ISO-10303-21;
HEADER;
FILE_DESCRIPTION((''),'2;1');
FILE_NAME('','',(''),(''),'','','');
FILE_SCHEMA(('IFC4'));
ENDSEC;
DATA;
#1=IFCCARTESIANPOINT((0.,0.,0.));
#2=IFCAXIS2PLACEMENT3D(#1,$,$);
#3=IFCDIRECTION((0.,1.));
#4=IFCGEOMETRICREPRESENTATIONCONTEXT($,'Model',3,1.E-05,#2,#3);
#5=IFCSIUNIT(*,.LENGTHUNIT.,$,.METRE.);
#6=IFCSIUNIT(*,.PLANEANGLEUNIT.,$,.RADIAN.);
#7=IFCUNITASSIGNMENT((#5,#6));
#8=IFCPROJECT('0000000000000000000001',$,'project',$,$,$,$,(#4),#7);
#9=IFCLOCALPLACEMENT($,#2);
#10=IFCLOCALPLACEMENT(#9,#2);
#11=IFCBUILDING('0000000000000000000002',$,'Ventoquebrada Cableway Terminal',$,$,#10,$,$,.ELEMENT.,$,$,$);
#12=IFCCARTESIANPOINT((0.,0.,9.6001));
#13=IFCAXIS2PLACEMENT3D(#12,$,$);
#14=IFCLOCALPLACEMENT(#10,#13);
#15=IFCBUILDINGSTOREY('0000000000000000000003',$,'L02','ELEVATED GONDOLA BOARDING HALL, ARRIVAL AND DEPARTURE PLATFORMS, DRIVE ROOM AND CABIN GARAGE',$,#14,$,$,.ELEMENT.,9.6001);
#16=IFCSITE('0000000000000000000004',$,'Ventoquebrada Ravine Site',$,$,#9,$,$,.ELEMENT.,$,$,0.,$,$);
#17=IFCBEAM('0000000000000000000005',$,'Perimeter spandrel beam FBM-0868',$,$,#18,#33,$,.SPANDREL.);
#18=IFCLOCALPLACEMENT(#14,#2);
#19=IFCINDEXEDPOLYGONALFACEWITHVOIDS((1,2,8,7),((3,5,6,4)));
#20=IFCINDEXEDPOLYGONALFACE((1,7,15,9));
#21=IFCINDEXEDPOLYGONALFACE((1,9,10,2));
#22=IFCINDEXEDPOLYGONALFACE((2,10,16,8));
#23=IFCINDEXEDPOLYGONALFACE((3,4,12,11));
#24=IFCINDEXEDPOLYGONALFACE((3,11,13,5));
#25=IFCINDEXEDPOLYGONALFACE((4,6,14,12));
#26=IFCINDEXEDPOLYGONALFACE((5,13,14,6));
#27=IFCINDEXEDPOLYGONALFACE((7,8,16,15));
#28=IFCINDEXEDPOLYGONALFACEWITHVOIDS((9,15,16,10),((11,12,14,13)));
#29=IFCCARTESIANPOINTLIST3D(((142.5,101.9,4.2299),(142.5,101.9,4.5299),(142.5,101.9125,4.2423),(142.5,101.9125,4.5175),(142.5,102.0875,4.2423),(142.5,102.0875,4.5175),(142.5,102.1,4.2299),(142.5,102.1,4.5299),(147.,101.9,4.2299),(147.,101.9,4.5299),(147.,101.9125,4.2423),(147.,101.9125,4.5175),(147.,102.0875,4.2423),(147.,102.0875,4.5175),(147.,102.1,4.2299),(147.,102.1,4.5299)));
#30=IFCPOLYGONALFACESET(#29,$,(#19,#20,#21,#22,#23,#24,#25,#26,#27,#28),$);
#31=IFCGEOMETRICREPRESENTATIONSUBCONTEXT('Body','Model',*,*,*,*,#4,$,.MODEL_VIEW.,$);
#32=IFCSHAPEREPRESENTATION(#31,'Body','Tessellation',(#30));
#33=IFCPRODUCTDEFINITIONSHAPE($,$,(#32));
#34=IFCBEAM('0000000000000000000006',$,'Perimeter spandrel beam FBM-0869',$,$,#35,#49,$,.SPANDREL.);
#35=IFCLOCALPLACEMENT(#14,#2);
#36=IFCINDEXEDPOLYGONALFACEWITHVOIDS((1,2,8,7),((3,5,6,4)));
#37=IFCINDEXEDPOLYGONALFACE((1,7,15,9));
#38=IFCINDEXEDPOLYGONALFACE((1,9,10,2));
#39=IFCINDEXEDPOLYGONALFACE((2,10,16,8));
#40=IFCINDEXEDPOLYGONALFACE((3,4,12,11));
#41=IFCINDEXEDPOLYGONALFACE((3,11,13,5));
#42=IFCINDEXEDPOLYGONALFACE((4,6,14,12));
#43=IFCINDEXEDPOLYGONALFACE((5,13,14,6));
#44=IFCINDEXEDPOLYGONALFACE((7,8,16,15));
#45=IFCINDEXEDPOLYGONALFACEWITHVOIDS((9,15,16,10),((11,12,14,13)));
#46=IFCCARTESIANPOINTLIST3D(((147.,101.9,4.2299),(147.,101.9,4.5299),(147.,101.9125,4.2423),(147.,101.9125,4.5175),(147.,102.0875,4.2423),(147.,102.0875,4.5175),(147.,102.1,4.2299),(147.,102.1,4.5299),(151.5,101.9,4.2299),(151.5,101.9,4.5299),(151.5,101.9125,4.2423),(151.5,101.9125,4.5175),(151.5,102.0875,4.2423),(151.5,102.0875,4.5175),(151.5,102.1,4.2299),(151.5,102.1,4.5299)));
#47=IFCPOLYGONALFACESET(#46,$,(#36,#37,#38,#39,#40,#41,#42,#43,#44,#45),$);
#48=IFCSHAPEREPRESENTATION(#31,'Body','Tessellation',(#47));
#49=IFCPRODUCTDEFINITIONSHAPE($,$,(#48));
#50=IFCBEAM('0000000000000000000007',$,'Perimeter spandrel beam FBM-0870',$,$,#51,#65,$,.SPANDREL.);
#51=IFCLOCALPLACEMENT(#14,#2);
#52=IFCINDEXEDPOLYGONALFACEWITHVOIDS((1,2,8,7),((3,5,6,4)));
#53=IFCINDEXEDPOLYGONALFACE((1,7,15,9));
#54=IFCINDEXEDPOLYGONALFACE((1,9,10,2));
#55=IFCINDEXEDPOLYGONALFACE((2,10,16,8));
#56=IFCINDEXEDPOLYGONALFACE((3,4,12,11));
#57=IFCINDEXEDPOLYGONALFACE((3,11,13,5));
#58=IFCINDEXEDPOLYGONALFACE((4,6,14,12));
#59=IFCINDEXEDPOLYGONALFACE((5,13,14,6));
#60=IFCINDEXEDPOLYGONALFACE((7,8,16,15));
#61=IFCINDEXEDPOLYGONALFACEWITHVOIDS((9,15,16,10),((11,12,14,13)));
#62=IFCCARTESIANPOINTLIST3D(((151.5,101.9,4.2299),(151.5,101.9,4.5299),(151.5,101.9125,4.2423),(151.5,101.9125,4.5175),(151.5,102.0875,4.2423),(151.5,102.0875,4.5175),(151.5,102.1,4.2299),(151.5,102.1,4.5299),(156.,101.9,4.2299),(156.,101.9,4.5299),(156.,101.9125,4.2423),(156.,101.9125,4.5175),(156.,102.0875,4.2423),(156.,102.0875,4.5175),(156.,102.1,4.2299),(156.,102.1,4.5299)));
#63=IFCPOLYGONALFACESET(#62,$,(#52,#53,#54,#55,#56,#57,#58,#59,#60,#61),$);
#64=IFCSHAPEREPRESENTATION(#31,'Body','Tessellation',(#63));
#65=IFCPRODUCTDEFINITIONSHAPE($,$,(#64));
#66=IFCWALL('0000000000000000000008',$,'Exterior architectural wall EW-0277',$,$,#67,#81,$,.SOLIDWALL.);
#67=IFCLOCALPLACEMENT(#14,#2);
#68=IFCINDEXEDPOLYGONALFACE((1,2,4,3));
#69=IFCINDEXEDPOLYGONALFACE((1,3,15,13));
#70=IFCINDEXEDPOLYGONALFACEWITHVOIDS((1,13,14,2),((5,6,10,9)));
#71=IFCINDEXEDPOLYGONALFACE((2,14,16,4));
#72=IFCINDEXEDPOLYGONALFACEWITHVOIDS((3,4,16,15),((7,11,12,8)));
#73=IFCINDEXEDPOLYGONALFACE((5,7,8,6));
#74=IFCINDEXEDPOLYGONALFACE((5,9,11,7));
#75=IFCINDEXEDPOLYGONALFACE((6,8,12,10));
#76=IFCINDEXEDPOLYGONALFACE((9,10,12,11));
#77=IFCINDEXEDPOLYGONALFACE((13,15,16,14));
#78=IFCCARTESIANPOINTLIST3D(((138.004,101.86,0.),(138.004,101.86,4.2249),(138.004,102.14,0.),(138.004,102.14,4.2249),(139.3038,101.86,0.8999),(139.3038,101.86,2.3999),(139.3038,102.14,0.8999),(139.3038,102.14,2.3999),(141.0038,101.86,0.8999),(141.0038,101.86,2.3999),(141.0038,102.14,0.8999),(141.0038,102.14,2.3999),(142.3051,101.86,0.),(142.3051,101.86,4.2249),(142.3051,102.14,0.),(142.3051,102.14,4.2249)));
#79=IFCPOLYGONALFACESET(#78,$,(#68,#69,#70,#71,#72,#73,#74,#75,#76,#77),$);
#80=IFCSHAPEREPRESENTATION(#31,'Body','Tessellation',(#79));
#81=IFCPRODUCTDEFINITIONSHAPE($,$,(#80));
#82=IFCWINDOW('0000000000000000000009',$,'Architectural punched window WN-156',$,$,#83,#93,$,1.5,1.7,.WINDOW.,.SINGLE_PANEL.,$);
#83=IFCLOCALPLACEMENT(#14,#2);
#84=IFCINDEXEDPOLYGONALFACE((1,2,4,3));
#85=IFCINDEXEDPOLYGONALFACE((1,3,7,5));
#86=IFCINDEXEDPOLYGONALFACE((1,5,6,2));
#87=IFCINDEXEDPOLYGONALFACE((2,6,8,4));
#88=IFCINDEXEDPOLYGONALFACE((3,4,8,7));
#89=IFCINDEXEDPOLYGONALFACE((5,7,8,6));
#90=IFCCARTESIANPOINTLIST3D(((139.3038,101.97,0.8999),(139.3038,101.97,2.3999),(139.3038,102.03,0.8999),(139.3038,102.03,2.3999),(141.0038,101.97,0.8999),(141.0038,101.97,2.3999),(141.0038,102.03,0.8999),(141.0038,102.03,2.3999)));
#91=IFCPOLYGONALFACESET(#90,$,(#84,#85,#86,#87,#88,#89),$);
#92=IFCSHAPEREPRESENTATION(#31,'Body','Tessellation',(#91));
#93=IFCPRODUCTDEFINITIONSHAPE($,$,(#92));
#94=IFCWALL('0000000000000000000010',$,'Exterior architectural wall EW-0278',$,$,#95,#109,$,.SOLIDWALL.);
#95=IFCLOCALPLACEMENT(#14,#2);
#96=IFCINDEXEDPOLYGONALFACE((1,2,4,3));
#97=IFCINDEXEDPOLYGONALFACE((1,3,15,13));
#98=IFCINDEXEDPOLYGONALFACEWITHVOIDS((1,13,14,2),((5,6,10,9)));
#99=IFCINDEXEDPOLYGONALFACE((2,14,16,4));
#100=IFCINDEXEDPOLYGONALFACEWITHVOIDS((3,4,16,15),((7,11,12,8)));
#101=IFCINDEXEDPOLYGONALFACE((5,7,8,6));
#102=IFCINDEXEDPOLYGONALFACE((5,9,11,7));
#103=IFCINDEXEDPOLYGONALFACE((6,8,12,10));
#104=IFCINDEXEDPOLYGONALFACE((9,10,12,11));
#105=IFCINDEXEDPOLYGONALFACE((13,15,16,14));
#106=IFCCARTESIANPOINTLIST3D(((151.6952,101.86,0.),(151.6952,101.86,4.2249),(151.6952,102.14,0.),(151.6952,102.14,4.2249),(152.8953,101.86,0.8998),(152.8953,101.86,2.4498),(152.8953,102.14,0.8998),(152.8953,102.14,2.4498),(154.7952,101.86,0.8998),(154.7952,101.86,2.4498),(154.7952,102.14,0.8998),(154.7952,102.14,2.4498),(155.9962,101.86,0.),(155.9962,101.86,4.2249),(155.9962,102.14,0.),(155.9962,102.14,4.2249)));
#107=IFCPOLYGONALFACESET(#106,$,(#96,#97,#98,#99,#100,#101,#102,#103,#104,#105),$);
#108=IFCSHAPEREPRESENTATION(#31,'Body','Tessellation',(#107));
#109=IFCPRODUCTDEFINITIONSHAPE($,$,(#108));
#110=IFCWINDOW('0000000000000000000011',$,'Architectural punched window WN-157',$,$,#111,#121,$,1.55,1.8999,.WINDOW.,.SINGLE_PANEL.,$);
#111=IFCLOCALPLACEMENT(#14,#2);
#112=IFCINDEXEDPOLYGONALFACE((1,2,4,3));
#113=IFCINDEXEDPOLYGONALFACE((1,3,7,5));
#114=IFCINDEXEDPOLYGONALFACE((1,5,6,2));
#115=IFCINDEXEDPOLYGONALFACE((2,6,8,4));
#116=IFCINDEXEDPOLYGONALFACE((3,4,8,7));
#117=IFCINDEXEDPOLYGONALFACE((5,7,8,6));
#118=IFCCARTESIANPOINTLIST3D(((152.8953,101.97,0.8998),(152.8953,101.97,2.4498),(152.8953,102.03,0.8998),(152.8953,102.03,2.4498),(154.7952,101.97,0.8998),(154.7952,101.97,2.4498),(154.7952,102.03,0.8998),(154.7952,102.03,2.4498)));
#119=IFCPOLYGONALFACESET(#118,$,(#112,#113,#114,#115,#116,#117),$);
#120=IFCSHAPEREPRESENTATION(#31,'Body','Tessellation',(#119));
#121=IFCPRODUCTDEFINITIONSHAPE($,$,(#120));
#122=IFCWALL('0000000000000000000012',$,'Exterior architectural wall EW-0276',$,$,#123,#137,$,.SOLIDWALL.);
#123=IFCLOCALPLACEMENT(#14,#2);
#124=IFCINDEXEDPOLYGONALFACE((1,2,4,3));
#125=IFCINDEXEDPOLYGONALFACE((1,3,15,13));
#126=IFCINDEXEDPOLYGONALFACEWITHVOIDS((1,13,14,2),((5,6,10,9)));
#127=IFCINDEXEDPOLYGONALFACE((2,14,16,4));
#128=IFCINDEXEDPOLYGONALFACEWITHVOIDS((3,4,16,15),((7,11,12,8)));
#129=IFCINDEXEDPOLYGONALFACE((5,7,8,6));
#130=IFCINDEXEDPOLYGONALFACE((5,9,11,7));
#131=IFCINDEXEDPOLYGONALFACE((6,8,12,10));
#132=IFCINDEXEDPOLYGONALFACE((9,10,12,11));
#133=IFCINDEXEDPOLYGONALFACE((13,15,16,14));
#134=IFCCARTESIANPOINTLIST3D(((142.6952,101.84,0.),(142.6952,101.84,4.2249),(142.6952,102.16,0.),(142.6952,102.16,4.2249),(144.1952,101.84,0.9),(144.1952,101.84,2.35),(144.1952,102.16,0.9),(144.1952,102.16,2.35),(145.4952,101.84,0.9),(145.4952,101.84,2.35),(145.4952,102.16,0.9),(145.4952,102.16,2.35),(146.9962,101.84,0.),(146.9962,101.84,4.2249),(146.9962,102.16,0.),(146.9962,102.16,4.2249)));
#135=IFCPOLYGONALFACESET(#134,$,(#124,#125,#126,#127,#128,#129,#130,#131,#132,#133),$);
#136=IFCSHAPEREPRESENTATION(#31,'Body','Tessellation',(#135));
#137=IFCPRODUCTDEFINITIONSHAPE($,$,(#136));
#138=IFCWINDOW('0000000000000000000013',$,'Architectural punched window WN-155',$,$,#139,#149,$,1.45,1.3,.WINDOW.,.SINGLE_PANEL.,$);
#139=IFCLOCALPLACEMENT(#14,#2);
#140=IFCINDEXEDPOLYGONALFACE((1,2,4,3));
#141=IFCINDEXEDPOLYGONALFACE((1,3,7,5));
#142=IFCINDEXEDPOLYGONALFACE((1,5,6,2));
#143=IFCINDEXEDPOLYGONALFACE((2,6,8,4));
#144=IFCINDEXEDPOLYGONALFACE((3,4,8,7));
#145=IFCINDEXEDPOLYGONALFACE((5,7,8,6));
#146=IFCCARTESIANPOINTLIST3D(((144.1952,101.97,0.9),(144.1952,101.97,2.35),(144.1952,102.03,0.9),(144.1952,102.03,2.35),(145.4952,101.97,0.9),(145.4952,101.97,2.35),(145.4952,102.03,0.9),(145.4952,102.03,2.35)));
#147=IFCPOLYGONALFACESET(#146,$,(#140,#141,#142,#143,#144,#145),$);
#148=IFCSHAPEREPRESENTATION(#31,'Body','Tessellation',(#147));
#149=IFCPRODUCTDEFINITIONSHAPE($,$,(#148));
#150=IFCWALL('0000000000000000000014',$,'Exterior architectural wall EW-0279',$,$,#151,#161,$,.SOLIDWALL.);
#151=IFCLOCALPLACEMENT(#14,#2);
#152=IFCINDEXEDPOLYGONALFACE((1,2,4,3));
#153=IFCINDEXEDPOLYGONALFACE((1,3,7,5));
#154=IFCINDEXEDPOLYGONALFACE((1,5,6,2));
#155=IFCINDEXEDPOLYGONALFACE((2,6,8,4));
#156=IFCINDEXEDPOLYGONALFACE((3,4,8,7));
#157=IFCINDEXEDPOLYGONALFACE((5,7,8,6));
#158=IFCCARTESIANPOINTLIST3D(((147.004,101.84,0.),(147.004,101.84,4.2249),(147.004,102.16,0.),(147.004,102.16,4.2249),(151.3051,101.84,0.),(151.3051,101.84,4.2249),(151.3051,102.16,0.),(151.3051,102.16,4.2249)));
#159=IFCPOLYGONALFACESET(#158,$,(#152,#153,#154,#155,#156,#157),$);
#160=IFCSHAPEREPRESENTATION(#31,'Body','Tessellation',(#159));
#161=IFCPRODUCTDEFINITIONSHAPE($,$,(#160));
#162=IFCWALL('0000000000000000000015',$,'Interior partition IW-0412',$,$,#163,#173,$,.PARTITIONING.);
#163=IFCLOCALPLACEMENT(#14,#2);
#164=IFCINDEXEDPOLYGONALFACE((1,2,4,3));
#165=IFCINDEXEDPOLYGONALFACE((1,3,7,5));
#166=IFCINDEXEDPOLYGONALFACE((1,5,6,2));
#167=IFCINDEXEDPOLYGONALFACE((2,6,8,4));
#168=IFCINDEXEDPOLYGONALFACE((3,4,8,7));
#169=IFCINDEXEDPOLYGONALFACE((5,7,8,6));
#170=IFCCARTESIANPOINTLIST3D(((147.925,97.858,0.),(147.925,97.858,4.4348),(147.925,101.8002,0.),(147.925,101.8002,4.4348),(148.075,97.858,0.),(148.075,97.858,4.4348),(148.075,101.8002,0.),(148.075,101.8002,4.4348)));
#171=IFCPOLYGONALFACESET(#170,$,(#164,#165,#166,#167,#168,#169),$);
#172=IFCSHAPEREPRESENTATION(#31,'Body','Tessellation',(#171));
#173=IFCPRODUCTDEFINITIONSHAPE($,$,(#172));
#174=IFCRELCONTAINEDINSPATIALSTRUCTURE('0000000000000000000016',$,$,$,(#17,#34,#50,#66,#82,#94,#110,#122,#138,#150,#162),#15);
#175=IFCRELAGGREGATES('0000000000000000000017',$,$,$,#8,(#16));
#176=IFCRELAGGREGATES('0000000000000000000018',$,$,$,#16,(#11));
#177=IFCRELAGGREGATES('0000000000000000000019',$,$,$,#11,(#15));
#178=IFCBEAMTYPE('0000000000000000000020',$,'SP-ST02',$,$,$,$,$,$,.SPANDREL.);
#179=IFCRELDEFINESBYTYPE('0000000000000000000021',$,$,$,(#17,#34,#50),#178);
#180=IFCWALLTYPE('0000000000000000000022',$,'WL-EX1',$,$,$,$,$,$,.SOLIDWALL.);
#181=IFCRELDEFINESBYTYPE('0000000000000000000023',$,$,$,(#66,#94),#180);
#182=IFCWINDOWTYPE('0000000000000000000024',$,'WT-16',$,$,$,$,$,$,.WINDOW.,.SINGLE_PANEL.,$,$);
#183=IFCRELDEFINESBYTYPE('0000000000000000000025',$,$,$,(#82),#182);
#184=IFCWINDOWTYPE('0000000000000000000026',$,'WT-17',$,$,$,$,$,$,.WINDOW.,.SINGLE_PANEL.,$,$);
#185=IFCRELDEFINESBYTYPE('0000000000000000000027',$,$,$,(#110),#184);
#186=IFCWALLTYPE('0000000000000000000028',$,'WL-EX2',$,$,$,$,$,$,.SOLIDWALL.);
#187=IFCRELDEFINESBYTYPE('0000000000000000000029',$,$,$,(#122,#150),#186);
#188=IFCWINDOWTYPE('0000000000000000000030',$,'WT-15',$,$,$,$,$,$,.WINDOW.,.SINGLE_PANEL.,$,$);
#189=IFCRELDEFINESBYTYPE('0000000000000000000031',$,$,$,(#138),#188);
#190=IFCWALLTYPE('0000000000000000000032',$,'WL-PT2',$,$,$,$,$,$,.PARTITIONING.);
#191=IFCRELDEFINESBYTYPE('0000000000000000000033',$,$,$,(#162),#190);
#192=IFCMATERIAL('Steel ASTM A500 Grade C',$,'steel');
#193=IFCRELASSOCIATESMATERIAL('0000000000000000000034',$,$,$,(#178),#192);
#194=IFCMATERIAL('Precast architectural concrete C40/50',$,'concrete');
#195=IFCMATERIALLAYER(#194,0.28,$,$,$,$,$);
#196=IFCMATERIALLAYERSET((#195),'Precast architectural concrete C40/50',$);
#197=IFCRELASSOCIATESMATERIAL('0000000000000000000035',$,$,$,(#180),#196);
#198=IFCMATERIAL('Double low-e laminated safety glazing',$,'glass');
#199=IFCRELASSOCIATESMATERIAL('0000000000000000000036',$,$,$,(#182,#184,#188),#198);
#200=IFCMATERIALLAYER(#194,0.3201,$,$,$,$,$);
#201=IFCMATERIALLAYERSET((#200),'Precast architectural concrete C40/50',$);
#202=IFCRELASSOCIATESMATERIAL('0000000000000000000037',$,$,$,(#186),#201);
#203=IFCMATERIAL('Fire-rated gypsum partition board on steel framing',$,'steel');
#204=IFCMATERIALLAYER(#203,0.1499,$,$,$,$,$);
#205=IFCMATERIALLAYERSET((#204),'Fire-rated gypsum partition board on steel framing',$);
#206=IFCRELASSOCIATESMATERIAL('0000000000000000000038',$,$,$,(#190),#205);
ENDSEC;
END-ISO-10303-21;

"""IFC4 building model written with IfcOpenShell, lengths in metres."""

from ifc_helpers import new_model, si_unit, direction, frame, frame_2d, origin, origin_2d, place, context, subcontext, project, spatial, rectangle, hollow_rectangle, extrude, material, layer, layer_set, material_profile, profile_set, type_object, element, fill, save


model = new_model("IFC4")

# Units and contexts
model_context = context("Model", 3, precision=1e-05, world=origin(), true_north=direction((0.0, 1.0)))
body_context = subcontext(model_context, "Body", "Model", "MODEL_VIEW")
ifc_project = project(units=[si_unit("LENGTHUNIT", "METRE"), si_unit("PLANEANGLEUNIT", "RADIAN")], contexts=[model_context])

# Site, building, storey
site_placement = place(None, origin())
site = spatial("IfcSite", under=ifc_project, at=site_placement, Name="Ventoquebrada Ravine Site", CompositionType="ELEMENT", RefElevation=0.0)
building_placement = place(site_placement, origin())
building = spatial("IfcBuilding", under=site, at=building_placement, Name="Ventoquebrada Cableway Terminal", CompositionType="ELEMENT")
storey_placement = place(building_placement, frame((0.0, 0.0, 9.6001)))
storey = spatial("IfcBuildingStorey", under=building, at=storey_placement, Name="L02", Description="ELEVATED GONDOLA BOARDING HALL, ARRIVAL AND DEPARTURE PLATFORMS, DRIVE ROOM AND CABIN GARAGE", CompositionType="ELEMENT", Elevation=9.6001)

# Beams
ifc_material_1 = material(Name="Steel ASTM A500 Grade C", Category="steel")
ifc_material_profile_1 = material_profile(ifc_material_1, hollow_rectangle(XDim=0.2, YDim=0.3, WallThickness=0.0125, at=origin_2d()), Name="RHS300X200X12.5")
ifc_profile_set_1 = profile_set([ifc_material_profile_1], Name="Steel ASTM A500 Grade C")
beam_type_1 = type_object("IfcBeamType", Name="SP-ST02", PredefinedType="SPANDREL", material=ifc_profile_set_1)
for number, where, z_axis, x_axis, name in (
    (1, (142.5, 102.0, 4.3799), (1.0, 0.0, 0.0), (0.0, 1.0, 0.0), "Perimeter spandrel beam FBM-0868"),
    (2, (147.0, 102.0, 4.3799), (1.0, 0.0, 0.0), (0.0, 1.0, 0.0), "Perimeter spandrel beam FBM-0869"),
    (3, (151.5, 102.0, 4.3799), (1.0, 0.0, 0.0), (0.0, 1.0, 0.0), "Perimeter spandrel beam FBM-0870"),
):
    element("IfcBeam", number, at=place(storey_placement, frame(where, z_axis=z_axis, x_axis=x_axis)), inside=storey, type_object=beam_type_1, Name=name, PredefinedType="SPANDREL", context=body_context, shape_type="SweptSolid", body=[
        extrude(hollow_rectangle(XDim=0.2, YDim=0.3, WallThickness=0.0125, at=origin_2d()), origin(), (0.0, 0.0, 1.0), 4.5),
    ])

# Walls, openings, windows
ifc_material_2 = material(Name="Precast architectural concrete C40/50", Category="concrete")
ifc_layer_1 = layer(ifc_material_2, 0.28)
ifc_layer_set_1 = layer_set([ifc_layer_1], Name="Precast architectural concrete C40/50")
wall_type_1 = type_object("IfcWallType", Name="WL-EX1", PredefinedType="SOLIDWALL", material=ifc_layer_set_1)
wall_1_placement = place(storey_placement, frame((142.3049, 102.0, 0.0), z_axis=(0.0, 0.0, 1.0), x_axis=(-1.0, 0.0, 0.0)))
wall_1 = element("IfcWall", 4, at=wall_1_placement, inside=storey, type_object=wall_type_1, Name="Exterior architectural wall EW-0277", PredefinedType="SOLIDWALL", context=body_context, shape_type="SweptSolid", body=[
    extrude(rectangle(XDim=4.301, YDim=0.28, at=frame_2d((2.1504, 0.0))), origin(), (0.0, 0.0, 1.0), 4.2249),
])
opening_1_placement = place(wall_1_placement, frame((1.301, 0.0, 0.8999)))
opening_1 = element("IfcOpeningElement", 5, at=opening_1_placement, cuts=wall_1, PredefinedType="OPENING", context=body_context, shape_type="SweptSolid", body=[
    extrude(rectangle(XDim=1.7, YDim=1.5, at=frame_2d((0.8501, 0.75))), frame((0.0, 0.1499, 0.0), z_axis=(0.0, -1.0, 0.0), x_axis=(1.0, 0.0, 0.0)), (0.0, 0.0, 1.0), 0.3),
])
ifc_material_3 = material(Name="Double low-e laminated safety glazing", Category="glass")
window_type_1 = type_object("IfcWindowType", Name="WT-16", PartitioningType="SINGLE_PANEL", PredefinedType="WINDOW", material=ifc_material_3)
window_1_placement = place(opening_1_placement, origin())
window_1 = element("IfcWindow", 6, at=window_1_placement, inside=storey, type_object=window_type_1, Name="Architectural punched window WN-156", OverallHeight=1.5, OverallWidth=1.7, PartitioningType="SINGLE_PANEL", PredefinedType="WINDOW", context=body_context, shape_type="SweptSolid", body=[
    extrude(rectangle(XDim=1.7, YDim=1.5, at=frame_2d((0.8501, 0.75))), frame((0.0, 0.03, 0.0), z_axis=(0.0, -1.0, 0.0), x_axis=(1.0, 0.0, 0.0)), (0.0, 0.0, 1.0), 0.0601),
])
fill(opening_1, window_1)
wall_2_placement = place(storey_placement, frame((155.9961, 102.0, 0.0), z_axis=(0.0, 0.0, 1.0), x_axis=(-1.0, 0.0, 0.0)))
wall_2 = element("IfcWall", 7, at=wall_2_placement, inside=storey, type_object=wall_type_1, Name="Exterior architectural wall EW-0278", PredefinedType="SOLIDWALL", context=body_context, shape_type="SweptSolid", body=[
    extrude(rectangle(XDim=4.301, YDim=0.28, at=frame_2d((2.1504, 0.0))), origin(), (0.0, 0.0, 1.0), 4.2249),
])
opening_2_placement = place(wall_2_placement, frame((1.2009, 0.0, 0.8999)))
opening_2 = element("IfcOpeningElement", 8, at=opening_2_placement, cuts=wall_2, PredefinedType="OPENING", context=body_context, shape_type="SweptSolid", body=[
    extrude(rectangle(XDim=1.8999, YDim=1.55, at=frame_2d((0.95, 0.7749))), frame((0.0, 0.1499, 0.0), z_axis=(0.0, -1.0, 0.0), x_axis=(1.0, 0.0, 0.0)), (0.0, 0.0, 1.0), 0.3),
])
window_type_2 = type_object("IfcWindowType", Name="WT-17", PartitioningType="SINGLE_PANEL", PredefinedType="WINDOW", material=ifc_material_3)
window_2_placement = place(opening_2_placement, origin())
window_2 = element("IfcWindow", 9, at=window_2_placement, inside=storey, type_object=window_type_2, Name="Architectural punched window WN-157", OverallHeight=1.55, OverallWidth=1.8999, PartitioningType="SINGLE_PANEL", PredefinedType="WINDOW", context=body_context, shape_type="SweptSolid", body=[
    extrude(rectangle(XDim=1.8999, YDim=1.55, at=frame_2d((0.95, 0.7749))), frame((0.0, 0.03, 0.0), z_axis=(0.0, -1.0, 0.0), x_axis=(1.0, 0.0, 0.0)), (0.0, 0.0, 1.0), 0.0601),
])
fill(opening_2, window_2)
ifc_layer_2 = layer(ifc_material_2, 0.3201)
ifc_layer_set_2 = layer_set([ifc_layer_2], Name="Precast architectural concrete C40/50")
wall_type_2 = type_object("IfcWallType", Name="WL-EX2", PredefinedType="SOLIDWALL", material=ifc_layer_set_2)
wall_3_placement = place(storey_placement, frame((146.9961, 102.0, 0.0), z_axis=(0.0, 0.0, 1.0), x_axis=(-1.0, 0.0, 0.0)))
wall_3 = element("IfcWall", 10, at=wall_3_placement, inside=storey, type_object=wall_type_2, Name="Exterior architectural wall EW-0276", PredefinedType="SOLIDWALL", context=body_context, shape_type="SweptSolid", body=[
    extrude(rectangle(XDim=4.301, YDim=0.3201, at=frame_2d((2.1504, 0.0))), origin(), (0.0, 0.0, 1.0), 4.2249),
])
opening_3_placement = place(wall_3_placement, frame((1.501, 0.0, 0.8999)))
opening_3 = element("IfcOpeningElement", 11, at=opening_3_placement, cuts=wall_3, PredefinedType="OPENING", context=body_context, shape_type="SweptSolid", body=[
    extrude(rectangle(XDim=1.3, YDim=1.45, at=frame_2d((0.6499, 0.7251))), frame((0.0, 0.1699, 0.0), z_axis=(0.0, -1.0, 0.0), x_axis=(1.0, 0.0, 0.0)), (0.0, 0.0, 1.0), 0.3401),
])
window_type_3 = type_object("IfcWindowType", Name="WT-15", PartitioningType="SINGLE_PANEL", PredefinedType="WINDOW", material=ifc_material_3)
window_3_placement = place(opening_3_placement, origin())
window_3 = element("IfcWindow", 12, at=window_3_placement, inside=storey, type_object=window_type_3, Name="Architectural punched window WN-155", OverallHeight=1.45, OverallWidth=1.3, PartitioningType="SINGLE_PANEL", PredefinedType="WINDOW", context=body_context, shape_type="SweptSolid", body=[
    extrude(rectangle(XDim=1.3, YDim=1.45, at=frame_2d((0.6499, 0.7251))), frame((0.0, 0.03, 0.0), z_axis=(0.0, -1.0, 0.0), x_axis=(1.0, 0.0, 0.0)), (0.0, 0.0, 1.0), 0.0601),
])
fill(opening_3, window_3)

# Walls
wall_4_placement = place(storey_placement, frame((151.3049, 102.0, 0.0), z_axis=(0.0, 0.0, 1.0), x_axis=(-1.0, 0.0, 0.0)))
element("IfcWall", 13, at=wall_4_placement, inside=storey, type_object=wall_type_2, Name="Exterior architectural wall EW-0279", PredefinedType="SOLIDWALL", context=body_context, shape_type="SweptSolid", body=[
    extrude(rectangle(XDim=4.301, YDim=0.3201, at=frame_2d((2.1504, 0.0))), origin(), (0.0, 0.0, 1.0), 4.2249),
])
ifc_material_4 = material(Name="Fire-rated gypsum partition board on steel framing", Category="steel")
ifc_layer_3 = layer(ifc_material_4, 0.1499)
ifc_layer_set_3 = layer_set([ifc_layer_3], Name="Fire-rated gypsum partition board on steel framing")
wall_type_3 = type_object("IfcWallType", Name="WL-PT2", PredefinedType="PARTITIONING", material=ifc_layer_set_3)
wall_5_placement = place(storey_placement, frame((148.0, 97.8579, 0.0), z_axis=(0.0, 0.0, 1.0), x_axis=(0.0, 1.0, 0.0)))
element("IfcWall", 14, at=wall_5_placement, inside=storey, type_object=wall_type_3, Name="Interior partition IW-0412", PredefinedType="PARTITIONING", context=body_context, shape_type="SweptSolid", body=[
    extrude(rectangle(XDim=3.9421, YDim=0.1499, at=frame_2d((1.9712, 0.0))), origin(), (0.0, 0.0, 1.0), 4.4348),
])

save(model, "model.ifc")
